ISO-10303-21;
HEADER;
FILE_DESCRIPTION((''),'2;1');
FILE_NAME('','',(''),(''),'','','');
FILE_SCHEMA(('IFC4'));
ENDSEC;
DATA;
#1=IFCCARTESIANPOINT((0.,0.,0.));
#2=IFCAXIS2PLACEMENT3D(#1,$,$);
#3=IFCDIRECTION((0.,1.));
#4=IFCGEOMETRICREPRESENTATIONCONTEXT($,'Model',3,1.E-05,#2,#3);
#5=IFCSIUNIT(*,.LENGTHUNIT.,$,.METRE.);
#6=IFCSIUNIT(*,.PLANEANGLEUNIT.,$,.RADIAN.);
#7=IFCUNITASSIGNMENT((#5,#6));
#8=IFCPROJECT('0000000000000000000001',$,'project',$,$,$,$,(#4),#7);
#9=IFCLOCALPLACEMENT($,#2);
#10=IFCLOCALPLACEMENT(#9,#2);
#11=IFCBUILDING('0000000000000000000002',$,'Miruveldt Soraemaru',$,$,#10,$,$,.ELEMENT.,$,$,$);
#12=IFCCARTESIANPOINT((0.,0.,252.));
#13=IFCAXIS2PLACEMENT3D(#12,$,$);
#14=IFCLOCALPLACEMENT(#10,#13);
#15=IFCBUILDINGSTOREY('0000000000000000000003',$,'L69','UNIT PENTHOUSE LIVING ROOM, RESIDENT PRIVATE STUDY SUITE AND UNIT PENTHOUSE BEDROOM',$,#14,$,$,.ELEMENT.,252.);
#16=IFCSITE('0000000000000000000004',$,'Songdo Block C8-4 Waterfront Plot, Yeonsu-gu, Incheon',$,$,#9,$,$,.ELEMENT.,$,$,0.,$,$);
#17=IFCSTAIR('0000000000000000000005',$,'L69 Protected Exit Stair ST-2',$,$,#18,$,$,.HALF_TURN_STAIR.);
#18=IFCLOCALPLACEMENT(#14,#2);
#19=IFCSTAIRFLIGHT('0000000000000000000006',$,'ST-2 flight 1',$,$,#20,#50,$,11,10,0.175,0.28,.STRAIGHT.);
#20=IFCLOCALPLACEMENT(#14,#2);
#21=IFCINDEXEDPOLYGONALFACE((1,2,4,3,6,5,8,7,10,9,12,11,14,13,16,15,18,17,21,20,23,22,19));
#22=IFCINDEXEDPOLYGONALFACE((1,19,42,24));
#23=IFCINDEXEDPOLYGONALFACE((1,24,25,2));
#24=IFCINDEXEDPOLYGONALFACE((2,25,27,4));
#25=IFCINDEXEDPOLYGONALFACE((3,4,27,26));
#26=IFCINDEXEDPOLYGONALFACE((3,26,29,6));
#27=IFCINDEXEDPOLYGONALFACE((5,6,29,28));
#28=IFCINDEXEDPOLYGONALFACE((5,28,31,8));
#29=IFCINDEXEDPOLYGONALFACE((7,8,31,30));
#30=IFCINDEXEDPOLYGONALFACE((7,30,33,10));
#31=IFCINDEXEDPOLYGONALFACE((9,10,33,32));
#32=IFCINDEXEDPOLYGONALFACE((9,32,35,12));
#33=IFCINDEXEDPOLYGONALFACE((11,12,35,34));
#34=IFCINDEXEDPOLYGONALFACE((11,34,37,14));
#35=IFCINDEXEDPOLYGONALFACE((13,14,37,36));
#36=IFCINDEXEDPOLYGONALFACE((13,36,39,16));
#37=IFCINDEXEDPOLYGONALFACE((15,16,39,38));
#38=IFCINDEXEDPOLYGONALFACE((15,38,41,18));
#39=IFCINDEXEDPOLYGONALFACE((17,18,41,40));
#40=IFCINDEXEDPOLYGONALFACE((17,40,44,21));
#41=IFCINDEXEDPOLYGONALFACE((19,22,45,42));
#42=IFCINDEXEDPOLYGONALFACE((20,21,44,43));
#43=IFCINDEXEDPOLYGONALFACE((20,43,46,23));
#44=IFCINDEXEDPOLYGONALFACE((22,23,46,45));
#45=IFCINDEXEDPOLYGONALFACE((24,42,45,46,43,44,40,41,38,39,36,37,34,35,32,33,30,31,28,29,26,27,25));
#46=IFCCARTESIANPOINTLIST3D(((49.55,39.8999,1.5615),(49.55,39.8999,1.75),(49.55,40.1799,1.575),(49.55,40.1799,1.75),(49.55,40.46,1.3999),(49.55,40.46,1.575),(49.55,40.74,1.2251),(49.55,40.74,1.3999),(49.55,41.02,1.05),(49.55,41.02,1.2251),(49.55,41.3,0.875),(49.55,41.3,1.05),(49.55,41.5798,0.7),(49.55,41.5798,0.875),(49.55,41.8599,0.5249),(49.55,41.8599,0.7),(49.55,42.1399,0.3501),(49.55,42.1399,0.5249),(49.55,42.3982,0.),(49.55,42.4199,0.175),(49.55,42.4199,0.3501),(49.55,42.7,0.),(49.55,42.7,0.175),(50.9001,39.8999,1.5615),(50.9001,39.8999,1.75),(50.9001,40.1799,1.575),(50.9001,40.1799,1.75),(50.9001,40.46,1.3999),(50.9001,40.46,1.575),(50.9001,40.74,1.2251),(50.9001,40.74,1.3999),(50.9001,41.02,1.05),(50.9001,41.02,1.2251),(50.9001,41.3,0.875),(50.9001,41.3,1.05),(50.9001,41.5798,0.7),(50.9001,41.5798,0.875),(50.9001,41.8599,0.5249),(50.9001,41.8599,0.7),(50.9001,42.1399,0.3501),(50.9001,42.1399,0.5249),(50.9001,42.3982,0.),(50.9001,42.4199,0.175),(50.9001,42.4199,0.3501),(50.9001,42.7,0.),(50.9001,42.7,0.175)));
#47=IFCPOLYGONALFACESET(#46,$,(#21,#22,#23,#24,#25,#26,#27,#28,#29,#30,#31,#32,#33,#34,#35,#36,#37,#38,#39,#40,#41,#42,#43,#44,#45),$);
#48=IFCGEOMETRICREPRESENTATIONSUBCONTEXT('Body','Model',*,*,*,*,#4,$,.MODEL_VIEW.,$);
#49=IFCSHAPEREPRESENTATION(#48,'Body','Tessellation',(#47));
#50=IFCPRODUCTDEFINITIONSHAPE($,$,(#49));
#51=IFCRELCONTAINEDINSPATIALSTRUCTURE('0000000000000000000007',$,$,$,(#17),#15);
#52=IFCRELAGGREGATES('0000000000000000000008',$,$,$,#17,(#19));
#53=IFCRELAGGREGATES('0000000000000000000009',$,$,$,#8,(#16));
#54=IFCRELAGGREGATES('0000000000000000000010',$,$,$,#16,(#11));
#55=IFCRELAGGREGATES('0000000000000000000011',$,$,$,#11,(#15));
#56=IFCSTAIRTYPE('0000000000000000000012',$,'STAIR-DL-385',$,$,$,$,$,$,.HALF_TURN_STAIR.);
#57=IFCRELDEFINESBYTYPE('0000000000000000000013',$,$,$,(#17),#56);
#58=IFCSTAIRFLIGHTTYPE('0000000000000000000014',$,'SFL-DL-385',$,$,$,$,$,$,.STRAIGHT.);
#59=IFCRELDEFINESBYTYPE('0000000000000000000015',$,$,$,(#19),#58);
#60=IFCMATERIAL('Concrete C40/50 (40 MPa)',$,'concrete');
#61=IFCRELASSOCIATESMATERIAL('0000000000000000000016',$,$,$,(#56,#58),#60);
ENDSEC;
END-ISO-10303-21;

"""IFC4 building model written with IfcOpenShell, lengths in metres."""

from ifc_helpers import new_model, si_unit, direction, frame, origin, place, context, subcontext, project, spatial, polyline, outline, extrude, material, type_object, element, aggregate, save


model = new_model("IFC4")

# Units and contexts
model_context = context("Model", 3, precision=1e-05, world=origin(), true_north=direction((0.0, 1.0)))
body_context = subcontext(model_context, "Body", "Model", "MODEL_VIEW")
ifc_project = project(units=[si_unit("LENGTHUNIT", "METRE"), si_unit("PLANEANGLEUNIT", "RADIAN")], contexts=[model_context])

# Site, building, storey
site_placement = place(None, origin())
site = spatial("IfcSite", under=ifc_project, at=site_placement, Name="Songdo Block C8-4 Waterfront Plot, Yeonsu-gu, Incheon", CompositionType="ELEMENT", RefElevation=0.0)
building_placement = place(site_placement, origin())
building = spatial("IfcBuilding", under=site, at=building_placement, Name="Miruveldt Soraemaru", CompositionType="ELEMENT")
storey_placement = place(building_placement, frame((0.0, 0.0, 252.0)))
storey = spatial("IfcBuildingStorey", under=building, at=storey_placement, Name="L69", Description="UNIT PENTHOUSE LIVING ROOM, RESIDENT PRIVATE STUDY SUITE AND UNIT PENTHOUSE BEDROOM", CompositionType="ELEMENT", Elevation=252.0)

# Shared definitions
ifc_material_1 = material(Name="Concrete C40/50 (40 MPa)", Category="concrete")

# Stair, stair flight
stair_type = type_object("IfcStairType", Name="STAIR-DL-385", PredefinedType="HALF_TURN_STAIR", material=ifc_material_1)
stair_placement = place(storey_placement, origin())
stair = element("IfcStair", 1, at=stair_placement, inside=storey, type_object=stair_type, Name="L69 Protected Exit Stair ST-2", PredefinedType="HALF_TURN_STAIR")
stair_flight_type = type_object("IfcStairFlightType", Name="SFL-DL-385", PredefinedType="STRAIGHT", material=ifc_material_1)
stair_flight_placement = place(storey_placement, frame((50.2251, 42.7, 0.0), z_axis=(0.0, 0.0, 1.0), x_axis=(0.0, -1.0, 0.0)))
stair_flight = element("IfcStairFlight", 2, at=stair_flight_placement, type_object=stair_flight_type, Name="ST-2 flight 1", NumberOfRisers=11, NumberOfTreads=10, PredefinedType="STRAIGHT", RiserHeight=0.175, TreadLength=0.28, context=body_context, shape_type="SweptSolid", body=[
    extrude(outline(polyline([(0.0, 0.0), (0.0, 0.175), (0.28, 0.175), (0.28, 0.3501), (0.5601, 0.3501), (0.5601, 0.5249), (0.8401, 0.5249), (0.8401, 0.7), (1.1201, 0.7), (1.1201, 0.875), (1.3999, 0.875), (1.3999, 1.05), (1.6799, 1.05), (1.6799, 1.2251), (1.96, 1.2251), (1.96, 1.3999), (2.24, 1.3999), (2.24, 1.575), (2.52, 1.575), (2.52, 1.75), (2.8, 1.75), (2.8, 1.925), (2.8, 1.5615), (0.3018, 0.0), (0.0, 0.0)])), frame((0.0, 0.675, 0.0), z_axis=(0.0, -1.0, 0.0), x_axis=(1.0, 0.0, 0.0)), (0.0, 0.0, 1.0), 1.3501),
])
aggregate(stair, [stair_flight])

save(model, "model.ifc")
